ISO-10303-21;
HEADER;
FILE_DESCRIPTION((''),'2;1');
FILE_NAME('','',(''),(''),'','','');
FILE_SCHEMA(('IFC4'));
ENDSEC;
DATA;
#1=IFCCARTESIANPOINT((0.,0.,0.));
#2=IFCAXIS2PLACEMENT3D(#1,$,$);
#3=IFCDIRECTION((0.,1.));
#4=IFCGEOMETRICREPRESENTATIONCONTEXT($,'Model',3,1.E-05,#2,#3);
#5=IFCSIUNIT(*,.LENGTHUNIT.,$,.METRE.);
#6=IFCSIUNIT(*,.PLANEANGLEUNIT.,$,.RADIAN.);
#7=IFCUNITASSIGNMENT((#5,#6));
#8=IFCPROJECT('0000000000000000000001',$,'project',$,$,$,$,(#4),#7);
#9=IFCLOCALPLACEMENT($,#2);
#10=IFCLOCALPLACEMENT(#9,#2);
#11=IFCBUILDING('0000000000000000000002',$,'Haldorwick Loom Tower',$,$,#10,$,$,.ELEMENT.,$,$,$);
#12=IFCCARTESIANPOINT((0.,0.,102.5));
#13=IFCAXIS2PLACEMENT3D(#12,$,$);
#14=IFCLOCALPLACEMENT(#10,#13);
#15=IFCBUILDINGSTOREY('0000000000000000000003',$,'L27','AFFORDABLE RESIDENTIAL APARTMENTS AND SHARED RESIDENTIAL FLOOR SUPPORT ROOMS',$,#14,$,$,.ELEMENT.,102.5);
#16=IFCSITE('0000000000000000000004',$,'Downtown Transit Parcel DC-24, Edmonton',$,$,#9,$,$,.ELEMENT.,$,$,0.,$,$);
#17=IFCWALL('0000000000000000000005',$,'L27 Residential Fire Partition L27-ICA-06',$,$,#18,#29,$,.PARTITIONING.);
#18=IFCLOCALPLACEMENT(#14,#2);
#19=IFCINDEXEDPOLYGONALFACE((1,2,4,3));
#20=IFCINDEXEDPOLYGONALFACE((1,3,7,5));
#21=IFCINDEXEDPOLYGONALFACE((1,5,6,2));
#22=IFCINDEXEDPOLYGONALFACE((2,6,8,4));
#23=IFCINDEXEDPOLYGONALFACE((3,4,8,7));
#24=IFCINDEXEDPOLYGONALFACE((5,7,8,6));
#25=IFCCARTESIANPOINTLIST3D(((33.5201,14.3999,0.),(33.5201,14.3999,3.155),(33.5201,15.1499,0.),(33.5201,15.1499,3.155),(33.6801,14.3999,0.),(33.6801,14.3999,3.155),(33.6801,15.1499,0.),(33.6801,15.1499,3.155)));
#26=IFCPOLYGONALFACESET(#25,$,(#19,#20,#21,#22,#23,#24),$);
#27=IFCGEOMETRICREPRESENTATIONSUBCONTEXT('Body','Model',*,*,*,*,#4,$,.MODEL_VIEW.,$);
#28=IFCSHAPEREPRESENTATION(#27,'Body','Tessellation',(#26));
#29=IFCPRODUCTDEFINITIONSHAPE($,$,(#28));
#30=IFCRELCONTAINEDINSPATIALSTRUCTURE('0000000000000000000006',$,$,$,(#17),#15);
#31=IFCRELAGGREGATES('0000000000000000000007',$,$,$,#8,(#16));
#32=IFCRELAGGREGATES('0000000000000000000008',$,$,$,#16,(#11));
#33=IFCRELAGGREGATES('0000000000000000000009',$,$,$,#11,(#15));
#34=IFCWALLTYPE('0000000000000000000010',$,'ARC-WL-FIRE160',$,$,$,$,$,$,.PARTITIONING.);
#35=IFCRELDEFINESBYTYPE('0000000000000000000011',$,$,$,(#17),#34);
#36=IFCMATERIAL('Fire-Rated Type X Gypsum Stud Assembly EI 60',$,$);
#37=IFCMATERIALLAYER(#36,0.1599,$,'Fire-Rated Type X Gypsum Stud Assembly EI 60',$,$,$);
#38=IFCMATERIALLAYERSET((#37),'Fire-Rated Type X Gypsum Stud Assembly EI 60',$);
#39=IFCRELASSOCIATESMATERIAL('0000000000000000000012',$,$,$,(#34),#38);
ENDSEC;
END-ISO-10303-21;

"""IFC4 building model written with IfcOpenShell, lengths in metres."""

from ifc_helpers import new_model, si_unit, direction, frame, frame_2d, origin, place, context, subcontext, project, spatial, rectangle, extrude, material, layer, layer_set, type_object, element, save


model = new_model("IFC4")

# Units and contexts
model_context = context("Model", 3, precision=1e-05, world=origin(), true_north=direction((0.0, 1.0)))
body_context = subcontext(model_context, "Body", "Model", "MODEL_VIEW")
ifc_project = project(units=[si_unit("LENGTHUNIT", "METRE"), si_unit("PLANEANGLEUNIT", "RADIAN")], contexts=[model_context])

# Site, building, storey
site_placement = place(None, origin())
site = spatial("IfcSite", under=ifc_project, at=site_placement, Name="Downtown Transit Parcel DC-24, Edmonton", CompositionType="ELEMENT", RefElevation=0.0)
building_placement = place(site_placement, origin())
building = spatial("IfcBuilding", under=site, at=building_placement, Name="Haldorwick Loom Tower", CompositionType="ELEMENT")
storey_placement = place(building_placement, frame((0.0, 0.0, 102.5)))
storey = spatial("IfcBuildingStorey", under=building, at=storey_placement, Name="L27", Description="AFFORDABLE RESIDENTIAL APARTMENTS AND SHARED RESIDENTIAL FLOOR SUPPORT ROOMS", CompositionType="ELEMENT", Elevation=102.5)

# Wall
ifc_material_1 = material(Name="Fire-Rated Type X Gypsum Stud Assembly EI 60")
ifc_layer_1 = layer(ifc_material_1, 0.1599, Name="Fire-Rated Type X Gypsum Stud Assembly EI 60")
ifc_layer_set_1 = layer_set([ifc_layer_1], Name="Fire-Rated Type X Gypsum Stud Assembly EI 60")
wall_type = type_object("IfcWallType", Name="ARC-WL-FIRE160", PredefinedType="PARTITIONING", material=ifc_layer_set_1)
wall_1_placement = place(storey_placement, frame((33.6001, 15.1499, 0.0), z_axis=(0.0, 0.0, 1.0), x_axis=(0.0, -1.0, 0.0)))
element("IfcWall", 1, at=wall_1_placement, inside=storey, type_object=wall_type, Name="L27 Residential Fire Partition L27-ICA-06", PredefinedType="PARTITIONING", context=body_context, shape_type="SweptSolid", body=[
    extrude(rectangle(XDim=0.75, YDim=0.1599, at=frame_2d((0.375, 0.0))), origin(), (0.0, 0.0, 1.0), 3.155),
])

save(model, "model.ifc")
